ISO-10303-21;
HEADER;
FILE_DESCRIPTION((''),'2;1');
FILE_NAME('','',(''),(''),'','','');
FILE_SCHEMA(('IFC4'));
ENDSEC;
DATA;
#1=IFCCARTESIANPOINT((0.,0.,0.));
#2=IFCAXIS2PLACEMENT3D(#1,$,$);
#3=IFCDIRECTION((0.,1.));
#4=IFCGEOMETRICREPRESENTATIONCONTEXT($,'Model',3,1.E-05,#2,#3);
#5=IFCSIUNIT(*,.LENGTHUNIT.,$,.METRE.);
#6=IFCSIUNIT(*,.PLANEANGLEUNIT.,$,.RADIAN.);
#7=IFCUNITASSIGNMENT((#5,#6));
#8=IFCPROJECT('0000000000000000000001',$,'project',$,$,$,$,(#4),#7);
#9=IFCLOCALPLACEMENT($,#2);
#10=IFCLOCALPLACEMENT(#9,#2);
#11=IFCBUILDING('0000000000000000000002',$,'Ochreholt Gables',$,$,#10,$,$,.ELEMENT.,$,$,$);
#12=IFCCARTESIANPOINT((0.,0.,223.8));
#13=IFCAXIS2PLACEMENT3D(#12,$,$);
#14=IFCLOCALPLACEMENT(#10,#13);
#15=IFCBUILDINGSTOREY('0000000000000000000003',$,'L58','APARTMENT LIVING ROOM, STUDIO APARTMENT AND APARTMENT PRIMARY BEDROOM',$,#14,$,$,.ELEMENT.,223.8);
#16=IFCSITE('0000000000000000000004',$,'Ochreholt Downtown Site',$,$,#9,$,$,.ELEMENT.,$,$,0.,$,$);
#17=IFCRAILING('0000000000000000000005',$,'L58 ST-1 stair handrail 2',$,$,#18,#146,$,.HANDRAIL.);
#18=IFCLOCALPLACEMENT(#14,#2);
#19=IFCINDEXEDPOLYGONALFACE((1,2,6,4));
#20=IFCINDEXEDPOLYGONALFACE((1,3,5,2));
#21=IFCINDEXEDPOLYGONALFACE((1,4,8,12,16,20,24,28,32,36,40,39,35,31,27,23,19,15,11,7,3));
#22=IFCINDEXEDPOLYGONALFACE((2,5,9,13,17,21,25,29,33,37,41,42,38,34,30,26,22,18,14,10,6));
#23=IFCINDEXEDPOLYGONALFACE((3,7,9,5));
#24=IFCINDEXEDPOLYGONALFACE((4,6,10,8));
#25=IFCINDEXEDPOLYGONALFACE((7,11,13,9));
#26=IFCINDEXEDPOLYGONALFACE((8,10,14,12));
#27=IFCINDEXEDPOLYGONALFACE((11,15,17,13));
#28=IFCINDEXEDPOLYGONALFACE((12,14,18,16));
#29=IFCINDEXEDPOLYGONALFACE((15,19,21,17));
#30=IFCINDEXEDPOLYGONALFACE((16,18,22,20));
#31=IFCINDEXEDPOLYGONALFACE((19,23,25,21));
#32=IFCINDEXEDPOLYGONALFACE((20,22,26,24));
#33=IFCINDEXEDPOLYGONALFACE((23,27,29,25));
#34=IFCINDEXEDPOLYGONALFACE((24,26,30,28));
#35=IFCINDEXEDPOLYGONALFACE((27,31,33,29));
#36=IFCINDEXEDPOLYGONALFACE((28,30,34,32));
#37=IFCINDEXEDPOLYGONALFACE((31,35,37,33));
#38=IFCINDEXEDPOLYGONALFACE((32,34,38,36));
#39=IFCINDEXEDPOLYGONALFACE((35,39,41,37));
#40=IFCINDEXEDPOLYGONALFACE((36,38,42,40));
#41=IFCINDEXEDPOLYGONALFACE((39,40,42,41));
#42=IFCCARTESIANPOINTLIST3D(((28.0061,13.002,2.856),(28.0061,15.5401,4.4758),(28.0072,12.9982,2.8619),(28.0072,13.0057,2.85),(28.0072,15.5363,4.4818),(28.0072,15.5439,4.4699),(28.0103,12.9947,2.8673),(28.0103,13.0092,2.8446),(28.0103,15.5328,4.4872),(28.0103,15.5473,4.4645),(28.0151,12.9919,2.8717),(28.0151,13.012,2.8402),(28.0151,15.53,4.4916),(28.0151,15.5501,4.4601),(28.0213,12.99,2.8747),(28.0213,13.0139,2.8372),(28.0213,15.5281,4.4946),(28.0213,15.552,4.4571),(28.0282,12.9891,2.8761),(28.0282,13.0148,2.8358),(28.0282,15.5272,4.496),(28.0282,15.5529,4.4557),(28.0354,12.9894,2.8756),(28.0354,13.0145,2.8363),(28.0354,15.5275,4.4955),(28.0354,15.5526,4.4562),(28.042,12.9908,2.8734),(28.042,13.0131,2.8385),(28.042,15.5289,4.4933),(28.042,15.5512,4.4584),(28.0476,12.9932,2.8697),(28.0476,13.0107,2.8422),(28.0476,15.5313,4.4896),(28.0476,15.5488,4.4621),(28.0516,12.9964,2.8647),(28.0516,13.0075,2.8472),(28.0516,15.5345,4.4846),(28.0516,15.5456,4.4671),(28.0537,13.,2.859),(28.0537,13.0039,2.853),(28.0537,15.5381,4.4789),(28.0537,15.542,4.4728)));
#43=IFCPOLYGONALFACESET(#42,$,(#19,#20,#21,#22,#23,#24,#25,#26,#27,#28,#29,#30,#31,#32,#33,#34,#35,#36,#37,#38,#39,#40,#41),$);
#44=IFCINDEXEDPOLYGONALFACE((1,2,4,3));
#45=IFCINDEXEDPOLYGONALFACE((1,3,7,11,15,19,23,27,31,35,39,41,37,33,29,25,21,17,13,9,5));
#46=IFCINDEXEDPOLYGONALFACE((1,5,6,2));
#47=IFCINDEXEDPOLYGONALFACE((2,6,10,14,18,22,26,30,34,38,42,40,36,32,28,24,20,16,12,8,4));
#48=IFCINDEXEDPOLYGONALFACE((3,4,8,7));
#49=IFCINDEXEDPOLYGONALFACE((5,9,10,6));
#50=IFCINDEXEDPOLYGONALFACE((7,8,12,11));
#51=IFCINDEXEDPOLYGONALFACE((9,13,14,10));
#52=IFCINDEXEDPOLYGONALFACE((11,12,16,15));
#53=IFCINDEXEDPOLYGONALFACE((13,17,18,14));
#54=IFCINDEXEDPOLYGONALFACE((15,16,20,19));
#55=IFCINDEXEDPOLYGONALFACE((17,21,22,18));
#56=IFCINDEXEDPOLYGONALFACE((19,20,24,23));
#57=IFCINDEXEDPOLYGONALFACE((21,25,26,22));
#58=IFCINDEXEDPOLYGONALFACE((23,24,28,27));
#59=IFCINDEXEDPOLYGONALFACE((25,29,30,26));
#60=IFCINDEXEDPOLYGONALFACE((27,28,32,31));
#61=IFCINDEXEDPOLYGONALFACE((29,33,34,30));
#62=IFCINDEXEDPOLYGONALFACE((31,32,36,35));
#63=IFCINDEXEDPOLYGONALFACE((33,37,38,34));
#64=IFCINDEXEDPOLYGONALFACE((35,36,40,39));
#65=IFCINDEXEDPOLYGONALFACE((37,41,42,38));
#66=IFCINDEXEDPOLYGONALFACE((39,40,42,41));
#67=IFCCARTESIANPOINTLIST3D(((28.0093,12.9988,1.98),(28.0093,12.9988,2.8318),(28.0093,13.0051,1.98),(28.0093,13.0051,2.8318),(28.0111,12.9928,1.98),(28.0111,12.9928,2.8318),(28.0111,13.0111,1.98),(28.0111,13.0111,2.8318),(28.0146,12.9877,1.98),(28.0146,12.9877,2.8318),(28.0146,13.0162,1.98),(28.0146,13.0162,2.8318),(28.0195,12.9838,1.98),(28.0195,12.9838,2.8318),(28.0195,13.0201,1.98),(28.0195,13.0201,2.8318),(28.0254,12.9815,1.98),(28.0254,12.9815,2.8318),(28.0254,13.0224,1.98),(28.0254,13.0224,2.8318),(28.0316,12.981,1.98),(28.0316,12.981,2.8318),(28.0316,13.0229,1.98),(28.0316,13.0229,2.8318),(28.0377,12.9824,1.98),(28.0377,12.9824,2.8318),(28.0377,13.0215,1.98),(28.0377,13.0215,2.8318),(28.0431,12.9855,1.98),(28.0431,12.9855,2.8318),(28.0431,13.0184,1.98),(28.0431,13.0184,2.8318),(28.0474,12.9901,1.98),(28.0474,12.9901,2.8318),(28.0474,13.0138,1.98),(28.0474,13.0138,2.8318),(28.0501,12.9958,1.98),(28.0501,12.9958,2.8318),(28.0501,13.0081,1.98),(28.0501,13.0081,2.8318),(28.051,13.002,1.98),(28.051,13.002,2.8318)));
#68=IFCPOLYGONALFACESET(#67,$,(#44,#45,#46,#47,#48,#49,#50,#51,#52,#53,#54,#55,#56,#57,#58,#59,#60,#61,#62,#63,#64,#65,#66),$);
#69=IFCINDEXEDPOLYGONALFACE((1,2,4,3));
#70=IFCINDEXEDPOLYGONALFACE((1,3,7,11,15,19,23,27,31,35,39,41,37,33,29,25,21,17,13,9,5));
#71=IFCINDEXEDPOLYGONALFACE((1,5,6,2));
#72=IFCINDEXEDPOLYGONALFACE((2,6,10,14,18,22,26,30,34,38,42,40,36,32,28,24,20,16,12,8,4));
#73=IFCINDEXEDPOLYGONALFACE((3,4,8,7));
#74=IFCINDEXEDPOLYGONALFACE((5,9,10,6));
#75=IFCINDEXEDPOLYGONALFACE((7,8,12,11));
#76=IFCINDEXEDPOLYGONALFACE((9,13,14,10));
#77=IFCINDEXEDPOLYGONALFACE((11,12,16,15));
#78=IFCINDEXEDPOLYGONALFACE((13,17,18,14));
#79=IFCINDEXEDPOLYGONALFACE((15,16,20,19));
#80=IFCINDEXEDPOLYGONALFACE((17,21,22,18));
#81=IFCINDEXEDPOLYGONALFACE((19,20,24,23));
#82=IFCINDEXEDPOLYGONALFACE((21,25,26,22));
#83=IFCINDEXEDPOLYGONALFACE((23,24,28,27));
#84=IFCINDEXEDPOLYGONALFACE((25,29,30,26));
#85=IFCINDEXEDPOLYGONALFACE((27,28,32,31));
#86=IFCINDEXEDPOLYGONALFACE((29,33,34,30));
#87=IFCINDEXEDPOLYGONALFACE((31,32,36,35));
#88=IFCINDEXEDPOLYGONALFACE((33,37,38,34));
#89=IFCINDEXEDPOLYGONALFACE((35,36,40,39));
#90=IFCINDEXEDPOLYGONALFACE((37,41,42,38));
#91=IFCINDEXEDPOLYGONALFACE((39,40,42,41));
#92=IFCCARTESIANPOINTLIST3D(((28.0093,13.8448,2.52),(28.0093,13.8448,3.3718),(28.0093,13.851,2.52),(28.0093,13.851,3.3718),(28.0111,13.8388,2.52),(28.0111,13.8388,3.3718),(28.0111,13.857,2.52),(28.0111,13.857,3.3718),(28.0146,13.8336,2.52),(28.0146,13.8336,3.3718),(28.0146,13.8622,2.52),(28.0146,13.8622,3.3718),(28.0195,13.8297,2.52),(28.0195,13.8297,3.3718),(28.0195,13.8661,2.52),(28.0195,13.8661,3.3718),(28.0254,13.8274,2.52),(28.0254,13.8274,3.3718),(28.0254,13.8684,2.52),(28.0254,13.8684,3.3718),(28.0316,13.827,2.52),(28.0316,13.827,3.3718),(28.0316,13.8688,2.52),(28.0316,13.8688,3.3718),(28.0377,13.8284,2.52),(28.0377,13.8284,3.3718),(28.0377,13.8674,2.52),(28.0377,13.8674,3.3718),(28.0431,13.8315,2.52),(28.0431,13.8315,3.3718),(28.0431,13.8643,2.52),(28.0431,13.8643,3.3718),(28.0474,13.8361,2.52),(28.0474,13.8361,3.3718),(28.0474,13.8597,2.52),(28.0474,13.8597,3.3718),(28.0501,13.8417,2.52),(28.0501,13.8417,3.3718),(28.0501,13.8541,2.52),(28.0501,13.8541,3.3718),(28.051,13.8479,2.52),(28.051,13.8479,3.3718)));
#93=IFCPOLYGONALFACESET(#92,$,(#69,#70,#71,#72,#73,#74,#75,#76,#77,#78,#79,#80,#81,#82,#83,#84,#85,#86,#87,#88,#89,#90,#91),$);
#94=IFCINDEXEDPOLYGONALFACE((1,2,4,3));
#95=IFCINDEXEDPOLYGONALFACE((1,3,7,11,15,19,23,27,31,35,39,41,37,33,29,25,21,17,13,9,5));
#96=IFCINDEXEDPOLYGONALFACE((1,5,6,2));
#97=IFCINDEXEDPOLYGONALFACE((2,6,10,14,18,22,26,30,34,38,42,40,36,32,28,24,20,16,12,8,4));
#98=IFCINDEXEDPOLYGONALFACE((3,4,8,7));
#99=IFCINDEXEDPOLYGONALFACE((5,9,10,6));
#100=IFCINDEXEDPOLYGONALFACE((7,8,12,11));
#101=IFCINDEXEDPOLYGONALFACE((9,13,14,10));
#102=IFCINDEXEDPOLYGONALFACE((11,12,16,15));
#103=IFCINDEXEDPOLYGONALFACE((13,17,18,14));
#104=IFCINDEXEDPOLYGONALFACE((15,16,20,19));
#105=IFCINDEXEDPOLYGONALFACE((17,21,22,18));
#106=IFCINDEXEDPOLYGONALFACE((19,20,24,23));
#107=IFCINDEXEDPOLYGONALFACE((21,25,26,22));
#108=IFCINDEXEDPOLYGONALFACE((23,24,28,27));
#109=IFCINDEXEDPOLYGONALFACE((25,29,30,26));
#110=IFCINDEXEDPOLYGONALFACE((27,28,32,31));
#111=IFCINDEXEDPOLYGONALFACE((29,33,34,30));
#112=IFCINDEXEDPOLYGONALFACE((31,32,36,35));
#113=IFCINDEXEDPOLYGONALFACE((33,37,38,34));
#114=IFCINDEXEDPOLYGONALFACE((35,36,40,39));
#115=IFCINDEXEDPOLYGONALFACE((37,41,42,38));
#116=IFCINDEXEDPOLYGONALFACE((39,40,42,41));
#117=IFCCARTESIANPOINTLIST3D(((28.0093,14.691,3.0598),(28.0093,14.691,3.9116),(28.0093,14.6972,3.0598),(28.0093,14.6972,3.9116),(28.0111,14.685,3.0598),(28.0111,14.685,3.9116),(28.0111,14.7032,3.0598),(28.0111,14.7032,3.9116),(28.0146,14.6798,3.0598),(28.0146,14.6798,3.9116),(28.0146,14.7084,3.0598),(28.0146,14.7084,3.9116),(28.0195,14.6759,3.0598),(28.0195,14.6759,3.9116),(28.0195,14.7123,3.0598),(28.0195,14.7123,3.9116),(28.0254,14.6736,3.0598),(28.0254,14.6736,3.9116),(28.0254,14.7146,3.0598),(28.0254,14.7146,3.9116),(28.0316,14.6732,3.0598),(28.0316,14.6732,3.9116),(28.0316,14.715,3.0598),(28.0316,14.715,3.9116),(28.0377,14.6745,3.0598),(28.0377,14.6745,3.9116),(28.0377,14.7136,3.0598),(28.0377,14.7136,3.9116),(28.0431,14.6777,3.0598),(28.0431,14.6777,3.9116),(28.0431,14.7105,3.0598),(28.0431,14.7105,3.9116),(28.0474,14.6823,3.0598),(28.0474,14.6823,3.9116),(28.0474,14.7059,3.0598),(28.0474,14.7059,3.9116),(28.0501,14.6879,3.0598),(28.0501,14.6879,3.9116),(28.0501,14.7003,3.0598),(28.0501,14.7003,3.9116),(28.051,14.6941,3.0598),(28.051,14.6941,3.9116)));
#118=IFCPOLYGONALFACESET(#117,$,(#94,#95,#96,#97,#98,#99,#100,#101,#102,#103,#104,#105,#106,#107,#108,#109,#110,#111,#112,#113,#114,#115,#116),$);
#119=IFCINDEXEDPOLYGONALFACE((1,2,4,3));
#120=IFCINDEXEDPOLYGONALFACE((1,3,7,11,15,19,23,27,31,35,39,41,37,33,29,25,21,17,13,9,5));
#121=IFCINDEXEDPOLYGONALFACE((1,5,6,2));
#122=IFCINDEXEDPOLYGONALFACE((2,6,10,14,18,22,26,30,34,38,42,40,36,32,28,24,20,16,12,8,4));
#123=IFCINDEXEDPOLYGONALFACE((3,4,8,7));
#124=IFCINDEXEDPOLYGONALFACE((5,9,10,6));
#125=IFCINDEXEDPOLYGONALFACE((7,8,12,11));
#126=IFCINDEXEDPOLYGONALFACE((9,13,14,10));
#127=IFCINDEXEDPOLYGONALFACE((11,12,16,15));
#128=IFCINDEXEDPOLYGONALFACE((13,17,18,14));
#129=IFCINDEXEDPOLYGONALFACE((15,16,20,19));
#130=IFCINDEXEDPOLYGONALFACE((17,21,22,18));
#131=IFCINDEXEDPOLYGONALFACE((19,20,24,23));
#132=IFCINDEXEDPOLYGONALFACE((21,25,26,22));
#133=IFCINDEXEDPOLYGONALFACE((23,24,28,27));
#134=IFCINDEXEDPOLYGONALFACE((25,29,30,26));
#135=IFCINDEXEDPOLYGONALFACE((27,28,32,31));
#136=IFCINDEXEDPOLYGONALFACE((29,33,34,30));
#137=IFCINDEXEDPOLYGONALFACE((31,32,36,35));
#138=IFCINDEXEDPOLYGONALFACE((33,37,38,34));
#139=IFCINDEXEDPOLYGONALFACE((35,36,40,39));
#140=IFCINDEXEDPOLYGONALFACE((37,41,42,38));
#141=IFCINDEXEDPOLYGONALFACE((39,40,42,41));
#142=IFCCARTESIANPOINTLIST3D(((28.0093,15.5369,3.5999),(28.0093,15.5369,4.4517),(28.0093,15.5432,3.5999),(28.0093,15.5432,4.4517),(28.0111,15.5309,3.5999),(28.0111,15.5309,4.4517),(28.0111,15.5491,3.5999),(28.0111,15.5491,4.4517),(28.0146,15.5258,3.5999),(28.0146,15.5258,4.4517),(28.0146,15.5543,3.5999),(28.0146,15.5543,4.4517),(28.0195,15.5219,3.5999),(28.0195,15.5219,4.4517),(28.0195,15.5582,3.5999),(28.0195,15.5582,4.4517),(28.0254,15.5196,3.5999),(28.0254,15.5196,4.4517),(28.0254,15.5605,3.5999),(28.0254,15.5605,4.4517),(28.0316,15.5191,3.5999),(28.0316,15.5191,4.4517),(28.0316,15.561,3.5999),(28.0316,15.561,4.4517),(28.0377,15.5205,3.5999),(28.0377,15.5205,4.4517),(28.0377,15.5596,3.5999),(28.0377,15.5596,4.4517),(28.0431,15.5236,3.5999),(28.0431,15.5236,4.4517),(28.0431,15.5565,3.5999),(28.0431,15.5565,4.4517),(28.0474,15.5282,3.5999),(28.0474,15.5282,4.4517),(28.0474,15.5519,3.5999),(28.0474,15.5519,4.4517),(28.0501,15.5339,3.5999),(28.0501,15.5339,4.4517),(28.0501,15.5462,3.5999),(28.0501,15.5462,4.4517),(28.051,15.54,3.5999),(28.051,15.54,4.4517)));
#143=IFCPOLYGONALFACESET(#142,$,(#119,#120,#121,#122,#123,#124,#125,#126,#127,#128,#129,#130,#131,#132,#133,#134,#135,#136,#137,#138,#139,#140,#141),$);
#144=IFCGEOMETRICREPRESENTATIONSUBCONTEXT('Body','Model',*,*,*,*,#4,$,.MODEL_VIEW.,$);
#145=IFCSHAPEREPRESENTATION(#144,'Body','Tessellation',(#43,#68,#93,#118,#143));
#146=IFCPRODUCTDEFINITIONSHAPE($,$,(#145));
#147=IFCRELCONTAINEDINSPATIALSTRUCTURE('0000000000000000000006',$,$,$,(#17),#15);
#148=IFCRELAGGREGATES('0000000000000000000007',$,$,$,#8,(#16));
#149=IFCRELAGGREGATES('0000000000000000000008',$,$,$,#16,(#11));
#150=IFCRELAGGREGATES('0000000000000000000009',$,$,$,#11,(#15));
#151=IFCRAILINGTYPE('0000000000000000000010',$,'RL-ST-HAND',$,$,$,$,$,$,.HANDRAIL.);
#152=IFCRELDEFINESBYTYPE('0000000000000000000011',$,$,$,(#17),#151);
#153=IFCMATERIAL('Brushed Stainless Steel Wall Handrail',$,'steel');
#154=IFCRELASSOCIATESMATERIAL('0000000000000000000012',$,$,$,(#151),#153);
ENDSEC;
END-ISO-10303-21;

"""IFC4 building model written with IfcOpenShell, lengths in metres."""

from ifc_helpers import new_model, si_unit, direction, frame, origin, origin_2d, place, context, subcontext, project, spatial, circle, extrude, material, type_object, element, save


model = new_model("IFC4")

# Units and contexts
model_context = context("Model", 3, precision=1e-05, world=origin(), true_north=direction((0.0, 1.0)))
body_context = subcontext(model_context, "Body", "Model", "MODEL_VIEW")
ifc_project = project(units=[si_unit("LENGTHUNIT", "METRE"), si_unit("PLANEANGLEUNIT", "RADIAN")], contexts=[model_context])

# Site, building, storey
site_placement = place(None, origin())
site = spatial("IfcSite", under=ifc_project, at=site_placement, Name="Ochreholt Downtown Site", CompositionType="ELEMENT", RefElevation=0.0)
building_placement = place(site_placement, origin())
building = spatial("IfcBuilding", under=site, at=building_placement, Name="Ochreholt Gables", CompositionType="ELEMENT")
storey_placement = place(building_placement, frame((0.0, 0.0, 223.8)))
storey = spatial("IfcBuildingStorey", under=building, at=storey_placement, Name="L58", Description="APARTMENT LIVING ROOM, STUDIO APARTMENT AND APARTMENT PRIMARY BEDROOM", CompositionType="ELEMENT", Elevation=223.8)

# Railing
ifc_material_1 = material(Name="Brushed Stainless Steel Wall Handrail", Category="steel")
railing_type_1 = type_object("IfcRailingType", Name="RL-ST-HAND", PredefinedType="HANDRAIL", material=ifc_material_1)
railing_1_placement = place(storey_placement, frame((28.03, 13.002, 1.98)))
element("IfcRailing", 1, at=railing_1_placement, inside=storey, type_object=railing_type_1, Name="L58 ST-1 stair handrail 2", PredefinedType="HANDRAIL", context=body_context, shape_type="SweptSolid", body=[
    extrude(circle(Radius=0.0239, at=origin_2d()), frame((0.0, 0.0, 0.876), z_axis=(0.0, 0.84295, 0.537993), x_axis=(-1.0, 0.0, 0.0)), (0.0, 0.0, 1.0), 3.011),
    extrude(circle(Radius=0.021, at=origin_2d()), origin(), (0.0, 0.0, 1.0), 0.8518),
    extrude(circle(Radius=0.021, at=origin_2d()), frame((0.0, 0.8459, 0.54)), (0.0, 0.0, 1.0), 0.8518),
    extrude(circle(Radius=0.021, at=origin_2d()), frame((0.0, 1.6921, 1.0798)), (0.0, 0.0, 1.0), 0.8518),
    extrude(circle(Radius=0.021, at=origin_2d()), frame((0.0, 2.5381, 1.6199)), (0.0, 0.0, 1.0), 0.8518),
])

save(model, "model.ifc")
